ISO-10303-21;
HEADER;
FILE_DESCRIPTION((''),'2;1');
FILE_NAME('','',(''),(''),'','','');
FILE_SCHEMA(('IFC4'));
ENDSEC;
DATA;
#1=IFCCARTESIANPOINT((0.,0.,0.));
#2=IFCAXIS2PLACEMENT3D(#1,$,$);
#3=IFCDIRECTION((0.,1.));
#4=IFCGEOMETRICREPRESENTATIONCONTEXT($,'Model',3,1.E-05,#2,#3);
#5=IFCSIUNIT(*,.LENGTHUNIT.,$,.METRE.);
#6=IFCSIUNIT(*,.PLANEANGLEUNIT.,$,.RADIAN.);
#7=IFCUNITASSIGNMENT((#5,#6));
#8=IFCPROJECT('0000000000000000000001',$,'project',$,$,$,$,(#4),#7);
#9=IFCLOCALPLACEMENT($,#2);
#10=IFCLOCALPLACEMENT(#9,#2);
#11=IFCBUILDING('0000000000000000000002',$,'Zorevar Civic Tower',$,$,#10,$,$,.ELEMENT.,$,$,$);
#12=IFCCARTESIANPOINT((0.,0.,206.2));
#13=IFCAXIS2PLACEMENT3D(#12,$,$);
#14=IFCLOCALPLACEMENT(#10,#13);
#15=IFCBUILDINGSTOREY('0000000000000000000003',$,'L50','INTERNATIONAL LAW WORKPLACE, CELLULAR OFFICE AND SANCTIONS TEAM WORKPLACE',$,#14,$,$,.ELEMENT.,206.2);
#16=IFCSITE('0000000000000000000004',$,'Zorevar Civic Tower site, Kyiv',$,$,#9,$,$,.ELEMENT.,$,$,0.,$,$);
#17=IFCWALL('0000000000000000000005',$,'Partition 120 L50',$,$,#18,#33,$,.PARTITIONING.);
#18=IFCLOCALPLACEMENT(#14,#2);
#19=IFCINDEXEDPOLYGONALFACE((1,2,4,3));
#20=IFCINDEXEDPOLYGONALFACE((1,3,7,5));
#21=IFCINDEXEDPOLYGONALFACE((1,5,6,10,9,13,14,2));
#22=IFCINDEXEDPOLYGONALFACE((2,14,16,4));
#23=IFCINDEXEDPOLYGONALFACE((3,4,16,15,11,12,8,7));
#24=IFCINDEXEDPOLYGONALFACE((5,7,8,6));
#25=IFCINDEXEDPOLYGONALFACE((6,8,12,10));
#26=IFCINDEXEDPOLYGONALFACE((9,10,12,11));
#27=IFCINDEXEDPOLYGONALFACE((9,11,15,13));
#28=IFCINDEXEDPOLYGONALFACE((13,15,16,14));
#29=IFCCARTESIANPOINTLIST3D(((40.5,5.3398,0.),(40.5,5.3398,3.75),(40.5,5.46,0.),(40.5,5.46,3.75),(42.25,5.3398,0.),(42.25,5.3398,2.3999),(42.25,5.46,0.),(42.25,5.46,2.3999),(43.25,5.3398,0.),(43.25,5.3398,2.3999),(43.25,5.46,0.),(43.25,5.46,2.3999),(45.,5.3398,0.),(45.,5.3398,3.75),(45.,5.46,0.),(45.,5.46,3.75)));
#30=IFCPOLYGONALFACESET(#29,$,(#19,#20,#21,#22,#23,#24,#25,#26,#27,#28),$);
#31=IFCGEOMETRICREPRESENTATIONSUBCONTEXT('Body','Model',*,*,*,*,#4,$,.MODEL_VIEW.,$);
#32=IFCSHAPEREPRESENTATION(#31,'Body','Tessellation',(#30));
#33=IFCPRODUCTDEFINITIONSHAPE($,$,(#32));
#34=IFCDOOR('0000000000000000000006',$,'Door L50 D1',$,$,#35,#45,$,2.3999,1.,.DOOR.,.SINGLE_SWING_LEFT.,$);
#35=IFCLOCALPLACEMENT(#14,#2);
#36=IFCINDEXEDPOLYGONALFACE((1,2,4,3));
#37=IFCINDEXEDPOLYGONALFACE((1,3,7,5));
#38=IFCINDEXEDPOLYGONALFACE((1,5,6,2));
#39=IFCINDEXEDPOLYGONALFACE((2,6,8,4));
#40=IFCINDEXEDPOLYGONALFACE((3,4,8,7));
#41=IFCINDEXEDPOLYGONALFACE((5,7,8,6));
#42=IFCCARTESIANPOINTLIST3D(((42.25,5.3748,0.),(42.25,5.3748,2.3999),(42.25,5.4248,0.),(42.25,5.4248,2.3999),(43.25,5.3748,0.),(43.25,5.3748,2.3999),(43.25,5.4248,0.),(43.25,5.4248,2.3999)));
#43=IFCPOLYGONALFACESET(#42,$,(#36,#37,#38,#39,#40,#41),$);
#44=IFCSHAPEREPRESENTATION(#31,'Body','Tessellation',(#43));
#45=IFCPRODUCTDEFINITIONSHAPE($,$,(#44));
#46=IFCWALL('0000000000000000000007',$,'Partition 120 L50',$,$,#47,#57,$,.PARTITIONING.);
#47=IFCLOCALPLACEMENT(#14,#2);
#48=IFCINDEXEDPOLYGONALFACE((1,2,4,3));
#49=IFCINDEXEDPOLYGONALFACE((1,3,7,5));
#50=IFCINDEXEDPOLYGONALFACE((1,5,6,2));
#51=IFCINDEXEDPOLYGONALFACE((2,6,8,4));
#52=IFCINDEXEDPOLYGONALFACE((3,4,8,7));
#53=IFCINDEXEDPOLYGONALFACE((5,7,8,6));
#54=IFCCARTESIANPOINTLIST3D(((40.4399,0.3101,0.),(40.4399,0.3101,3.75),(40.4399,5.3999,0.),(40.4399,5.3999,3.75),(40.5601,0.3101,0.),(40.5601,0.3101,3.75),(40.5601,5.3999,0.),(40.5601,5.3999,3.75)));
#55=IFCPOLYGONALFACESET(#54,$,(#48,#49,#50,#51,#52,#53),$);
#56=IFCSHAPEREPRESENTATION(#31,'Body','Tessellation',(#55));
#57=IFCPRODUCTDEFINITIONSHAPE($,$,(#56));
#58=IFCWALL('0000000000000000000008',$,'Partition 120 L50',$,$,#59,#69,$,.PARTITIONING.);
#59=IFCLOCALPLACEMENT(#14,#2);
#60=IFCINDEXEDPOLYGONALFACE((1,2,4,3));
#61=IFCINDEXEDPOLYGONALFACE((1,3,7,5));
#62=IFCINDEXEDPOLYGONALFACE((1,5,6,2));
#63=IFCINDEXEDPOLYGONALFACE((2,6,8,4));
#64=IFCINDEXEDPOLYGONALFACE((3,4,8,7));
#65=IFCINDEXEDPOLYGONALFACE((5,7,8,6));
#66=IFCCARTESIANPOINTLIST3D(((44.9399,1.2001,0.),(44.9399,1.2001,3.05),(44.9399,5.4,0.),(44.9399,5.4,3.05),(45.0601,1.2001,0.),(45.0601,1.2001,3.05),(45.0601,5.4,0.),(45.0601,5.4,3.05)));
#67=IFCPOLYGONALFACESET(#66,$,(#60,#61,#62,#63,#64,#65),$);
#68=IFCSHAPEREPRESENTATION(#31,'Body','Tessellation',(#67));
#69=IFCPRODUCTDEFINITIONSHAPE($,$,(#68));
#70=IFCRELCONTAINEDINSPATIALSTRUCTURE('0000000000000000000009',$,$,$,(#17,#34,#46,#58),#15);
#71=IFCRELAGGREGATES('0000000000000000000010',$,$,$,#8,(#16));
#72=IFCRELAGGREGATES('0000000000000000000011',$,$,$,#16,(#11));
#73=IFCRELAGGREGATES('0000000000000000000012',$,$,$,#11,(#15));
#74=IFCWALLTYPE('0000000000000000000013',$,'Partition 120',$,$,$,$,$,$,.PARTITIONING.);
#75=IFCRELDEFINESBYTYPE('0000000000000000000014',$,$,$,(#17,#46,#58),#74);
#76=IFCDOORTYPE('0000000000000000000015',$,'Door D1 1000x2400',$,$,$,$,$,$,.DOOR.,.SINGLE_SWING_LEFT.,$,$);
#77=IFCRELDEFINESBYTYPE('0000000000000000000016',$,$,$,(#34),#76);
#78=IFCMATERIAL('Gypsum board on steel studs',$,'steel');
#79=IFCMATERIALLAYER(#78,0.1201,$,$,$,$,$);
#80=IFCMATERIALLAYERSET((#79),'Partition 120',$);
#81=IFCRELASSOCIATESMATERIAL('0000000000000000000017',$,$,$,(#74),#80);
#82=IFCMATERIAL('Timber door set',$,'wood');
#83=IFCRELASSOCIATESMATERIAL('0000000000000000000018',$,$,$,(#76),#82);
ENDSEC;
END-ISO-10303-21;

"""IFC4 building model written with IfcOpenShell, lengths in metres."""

from ifc_helpers import new_model, si_unit, direction, frame, frame_2d, origin, place, context, subcontext, project, spatial, rectangle, extrude, material, layer, layer_set, type_object, element, fill, save


model = new_model("IFC4")

# Units and contexts
model_context = context("Model", 3, precision=1e-05, world=origin(), true_north=direction((0.0, 1.0)))
body_context = subcontext(model_context, "Body", "Model", "MODEL_VIEW")
ifc_project = project(units=[si_unit("LENGTHUNIT", "METRE"), si_unit("PLANEANGLEUNIT", "RADIAN")], contexts=[model_context])

# Site, building, storey
site_placement = place(None, origin())
site = spatial("IfcSite", under=ifc_project, at=site_placement, Name="Zorevar Civic Tower site, Kyiv", CompositionType="ELEMENT", RefElevation=0.0)
building_placement = place(site_placement, origin())
building = spatial("IfcBuilding", under=site, at=building_placement, Name="Zorevar Civic Tower", CompositionType="ELEMENT")
storey_placement = place(building_placement, frame((0.0, 0.0, 206.2)))
storey = spatial("IfcBuildingStorey", under=building, at=storey_placement, Name="L50", Description="INTERNATIONAL LAW WORKPLACE, CELLULAR OFFICE AND SANCTIONS TEAM WORKPLACE", CompositionType="ELEMENT", Elevation=206.2)

# Wall, opening, door
ifc_material_1 = material(Name="Gypsum board on steel studs", Category="steel")
ifc_layer_1 = layer(ifc_material_1, 0.1201)
ifc_layer_set_1 = layer_set([ifc_layer_1], Name="Partition 120")
wall_type_1 = type_object("IfcWallType", Name="Partition 120", PredefinedType="PARTITIONING", material=ifc_layer_set_1)
wall_1_placement = place(storey_placement, frame((40.5, 5.3999, 0.0), z_axis=(0.0, 0.0, 1.0), x_axis=(1.0, 0.0, 0.0)))
wall_1 = element("IfcWall", 1, at=wall_1_placement, inside=storey, type_object=wall_type_1, Name="Partition 120 L50", PredefinedType="PARTITIONING", context=body_context, shape_type="SweptSolid", body=[
    extrude(rectangle(XDim=4.5, YDim=0.1201, at=frame_2d((2.25, 0.0))), origin(), (0.0, 0.0, 1.0), 3.75),
])
opening_1_placement = place(wall_1_placement, frame((1.75, 0.0, 0.0)))
opening_1 = element("IfcOpeningElement", 2, at=opening_1_placement, cuts=wall_1, PredefinedType="OPENING", context=body_context, shape_type="SweptSolid", body=[
    extrude(rectangle(XDim=1.0, YDim=2.3999, at=frame_2d((0.5, 1.2))), frame((0.0, 0.0701, 0.0), z_axis=(0.0, -1.0, 0.0), x_axis=(1.0, 0.0, 0.0)), (0.0, 0.0, 1.0), 0.1401),
])
ifc_material_2 = material(Name="Timber door set", Category="wood")
door_type_1 = type_object("IfcDoorType", Name="Door D1 1000x2400", OperationType="SINGLE_SWING_LEFT", PredefinedType="DOOR", material=ifc_material_2)
door_1_placement = place(opening_1_placement, origin())
door_1 = element("IfcDoor", 3, at=door_1_placement, inside=storey, type_object=door_type_1, Name="Door L50 D1", OperationType="SINGLE_SWING_LEFT", OverallHeight=2.3999, OverallWidth=1.0, PredefinedType="DOOR", context=body_context, shape_type="SweptSolid", body=[
    extrude(rectangle(XDim=1.0, YDim=2.3999, at=frame_2d((0.5, 1.2))), frame((0.0, 0.0249, 0.0), z_axis=(0.0, -1.0, 0.0), x_axis=(1.0, 0.0, 0.0)), (0.0, 0.0, 1.0), 0.05),
])
fill(opening_1, door_1)

# Walls
wall_2_placement = place(storey_placement, frame((40.5, 0.3101, 0.0), z_axis=(0.0, 0.0, 1.0), x_axis=(0.0, 1.0, 0.0)))
element("IfcWall", 4, at=wall_2_placement, inside=storey, type_object=wall_type_1, Name="Partition 120 L50", PredefinedType="PARTITIONING", context=body_context, shape_type="SweptSolid", body=[
    extrude(rectangle(XDim=5.0898, YDim=0.1201, at=frame_2d((2.5449, 0.0))), origin(), (0.0, 0.0, 1.0), 3.75),
])
wall_3_placement = place(storey_placement, frame((45.0, 1.2, 0.0), z_axis=(0.0, 0.0, 1.0), x_axis=(0.0, 1.0, 0.0)))
element("IfcWall", 5, at=wall_3_placement, inside=storey, type_object=wall_type_1, Name="Partition 120 L50", PredefinedType="PARTITIONING", context=body_context, shape_type="SweptSolid", body=[
    extrude(rectangle(XDim=4.2, YDim=0.1201, at=frame_2d((2.1001, 0.0))), origin(), (0.0, 0.0, 1.0), 3.05),
])

save(model, "model.ifc")
